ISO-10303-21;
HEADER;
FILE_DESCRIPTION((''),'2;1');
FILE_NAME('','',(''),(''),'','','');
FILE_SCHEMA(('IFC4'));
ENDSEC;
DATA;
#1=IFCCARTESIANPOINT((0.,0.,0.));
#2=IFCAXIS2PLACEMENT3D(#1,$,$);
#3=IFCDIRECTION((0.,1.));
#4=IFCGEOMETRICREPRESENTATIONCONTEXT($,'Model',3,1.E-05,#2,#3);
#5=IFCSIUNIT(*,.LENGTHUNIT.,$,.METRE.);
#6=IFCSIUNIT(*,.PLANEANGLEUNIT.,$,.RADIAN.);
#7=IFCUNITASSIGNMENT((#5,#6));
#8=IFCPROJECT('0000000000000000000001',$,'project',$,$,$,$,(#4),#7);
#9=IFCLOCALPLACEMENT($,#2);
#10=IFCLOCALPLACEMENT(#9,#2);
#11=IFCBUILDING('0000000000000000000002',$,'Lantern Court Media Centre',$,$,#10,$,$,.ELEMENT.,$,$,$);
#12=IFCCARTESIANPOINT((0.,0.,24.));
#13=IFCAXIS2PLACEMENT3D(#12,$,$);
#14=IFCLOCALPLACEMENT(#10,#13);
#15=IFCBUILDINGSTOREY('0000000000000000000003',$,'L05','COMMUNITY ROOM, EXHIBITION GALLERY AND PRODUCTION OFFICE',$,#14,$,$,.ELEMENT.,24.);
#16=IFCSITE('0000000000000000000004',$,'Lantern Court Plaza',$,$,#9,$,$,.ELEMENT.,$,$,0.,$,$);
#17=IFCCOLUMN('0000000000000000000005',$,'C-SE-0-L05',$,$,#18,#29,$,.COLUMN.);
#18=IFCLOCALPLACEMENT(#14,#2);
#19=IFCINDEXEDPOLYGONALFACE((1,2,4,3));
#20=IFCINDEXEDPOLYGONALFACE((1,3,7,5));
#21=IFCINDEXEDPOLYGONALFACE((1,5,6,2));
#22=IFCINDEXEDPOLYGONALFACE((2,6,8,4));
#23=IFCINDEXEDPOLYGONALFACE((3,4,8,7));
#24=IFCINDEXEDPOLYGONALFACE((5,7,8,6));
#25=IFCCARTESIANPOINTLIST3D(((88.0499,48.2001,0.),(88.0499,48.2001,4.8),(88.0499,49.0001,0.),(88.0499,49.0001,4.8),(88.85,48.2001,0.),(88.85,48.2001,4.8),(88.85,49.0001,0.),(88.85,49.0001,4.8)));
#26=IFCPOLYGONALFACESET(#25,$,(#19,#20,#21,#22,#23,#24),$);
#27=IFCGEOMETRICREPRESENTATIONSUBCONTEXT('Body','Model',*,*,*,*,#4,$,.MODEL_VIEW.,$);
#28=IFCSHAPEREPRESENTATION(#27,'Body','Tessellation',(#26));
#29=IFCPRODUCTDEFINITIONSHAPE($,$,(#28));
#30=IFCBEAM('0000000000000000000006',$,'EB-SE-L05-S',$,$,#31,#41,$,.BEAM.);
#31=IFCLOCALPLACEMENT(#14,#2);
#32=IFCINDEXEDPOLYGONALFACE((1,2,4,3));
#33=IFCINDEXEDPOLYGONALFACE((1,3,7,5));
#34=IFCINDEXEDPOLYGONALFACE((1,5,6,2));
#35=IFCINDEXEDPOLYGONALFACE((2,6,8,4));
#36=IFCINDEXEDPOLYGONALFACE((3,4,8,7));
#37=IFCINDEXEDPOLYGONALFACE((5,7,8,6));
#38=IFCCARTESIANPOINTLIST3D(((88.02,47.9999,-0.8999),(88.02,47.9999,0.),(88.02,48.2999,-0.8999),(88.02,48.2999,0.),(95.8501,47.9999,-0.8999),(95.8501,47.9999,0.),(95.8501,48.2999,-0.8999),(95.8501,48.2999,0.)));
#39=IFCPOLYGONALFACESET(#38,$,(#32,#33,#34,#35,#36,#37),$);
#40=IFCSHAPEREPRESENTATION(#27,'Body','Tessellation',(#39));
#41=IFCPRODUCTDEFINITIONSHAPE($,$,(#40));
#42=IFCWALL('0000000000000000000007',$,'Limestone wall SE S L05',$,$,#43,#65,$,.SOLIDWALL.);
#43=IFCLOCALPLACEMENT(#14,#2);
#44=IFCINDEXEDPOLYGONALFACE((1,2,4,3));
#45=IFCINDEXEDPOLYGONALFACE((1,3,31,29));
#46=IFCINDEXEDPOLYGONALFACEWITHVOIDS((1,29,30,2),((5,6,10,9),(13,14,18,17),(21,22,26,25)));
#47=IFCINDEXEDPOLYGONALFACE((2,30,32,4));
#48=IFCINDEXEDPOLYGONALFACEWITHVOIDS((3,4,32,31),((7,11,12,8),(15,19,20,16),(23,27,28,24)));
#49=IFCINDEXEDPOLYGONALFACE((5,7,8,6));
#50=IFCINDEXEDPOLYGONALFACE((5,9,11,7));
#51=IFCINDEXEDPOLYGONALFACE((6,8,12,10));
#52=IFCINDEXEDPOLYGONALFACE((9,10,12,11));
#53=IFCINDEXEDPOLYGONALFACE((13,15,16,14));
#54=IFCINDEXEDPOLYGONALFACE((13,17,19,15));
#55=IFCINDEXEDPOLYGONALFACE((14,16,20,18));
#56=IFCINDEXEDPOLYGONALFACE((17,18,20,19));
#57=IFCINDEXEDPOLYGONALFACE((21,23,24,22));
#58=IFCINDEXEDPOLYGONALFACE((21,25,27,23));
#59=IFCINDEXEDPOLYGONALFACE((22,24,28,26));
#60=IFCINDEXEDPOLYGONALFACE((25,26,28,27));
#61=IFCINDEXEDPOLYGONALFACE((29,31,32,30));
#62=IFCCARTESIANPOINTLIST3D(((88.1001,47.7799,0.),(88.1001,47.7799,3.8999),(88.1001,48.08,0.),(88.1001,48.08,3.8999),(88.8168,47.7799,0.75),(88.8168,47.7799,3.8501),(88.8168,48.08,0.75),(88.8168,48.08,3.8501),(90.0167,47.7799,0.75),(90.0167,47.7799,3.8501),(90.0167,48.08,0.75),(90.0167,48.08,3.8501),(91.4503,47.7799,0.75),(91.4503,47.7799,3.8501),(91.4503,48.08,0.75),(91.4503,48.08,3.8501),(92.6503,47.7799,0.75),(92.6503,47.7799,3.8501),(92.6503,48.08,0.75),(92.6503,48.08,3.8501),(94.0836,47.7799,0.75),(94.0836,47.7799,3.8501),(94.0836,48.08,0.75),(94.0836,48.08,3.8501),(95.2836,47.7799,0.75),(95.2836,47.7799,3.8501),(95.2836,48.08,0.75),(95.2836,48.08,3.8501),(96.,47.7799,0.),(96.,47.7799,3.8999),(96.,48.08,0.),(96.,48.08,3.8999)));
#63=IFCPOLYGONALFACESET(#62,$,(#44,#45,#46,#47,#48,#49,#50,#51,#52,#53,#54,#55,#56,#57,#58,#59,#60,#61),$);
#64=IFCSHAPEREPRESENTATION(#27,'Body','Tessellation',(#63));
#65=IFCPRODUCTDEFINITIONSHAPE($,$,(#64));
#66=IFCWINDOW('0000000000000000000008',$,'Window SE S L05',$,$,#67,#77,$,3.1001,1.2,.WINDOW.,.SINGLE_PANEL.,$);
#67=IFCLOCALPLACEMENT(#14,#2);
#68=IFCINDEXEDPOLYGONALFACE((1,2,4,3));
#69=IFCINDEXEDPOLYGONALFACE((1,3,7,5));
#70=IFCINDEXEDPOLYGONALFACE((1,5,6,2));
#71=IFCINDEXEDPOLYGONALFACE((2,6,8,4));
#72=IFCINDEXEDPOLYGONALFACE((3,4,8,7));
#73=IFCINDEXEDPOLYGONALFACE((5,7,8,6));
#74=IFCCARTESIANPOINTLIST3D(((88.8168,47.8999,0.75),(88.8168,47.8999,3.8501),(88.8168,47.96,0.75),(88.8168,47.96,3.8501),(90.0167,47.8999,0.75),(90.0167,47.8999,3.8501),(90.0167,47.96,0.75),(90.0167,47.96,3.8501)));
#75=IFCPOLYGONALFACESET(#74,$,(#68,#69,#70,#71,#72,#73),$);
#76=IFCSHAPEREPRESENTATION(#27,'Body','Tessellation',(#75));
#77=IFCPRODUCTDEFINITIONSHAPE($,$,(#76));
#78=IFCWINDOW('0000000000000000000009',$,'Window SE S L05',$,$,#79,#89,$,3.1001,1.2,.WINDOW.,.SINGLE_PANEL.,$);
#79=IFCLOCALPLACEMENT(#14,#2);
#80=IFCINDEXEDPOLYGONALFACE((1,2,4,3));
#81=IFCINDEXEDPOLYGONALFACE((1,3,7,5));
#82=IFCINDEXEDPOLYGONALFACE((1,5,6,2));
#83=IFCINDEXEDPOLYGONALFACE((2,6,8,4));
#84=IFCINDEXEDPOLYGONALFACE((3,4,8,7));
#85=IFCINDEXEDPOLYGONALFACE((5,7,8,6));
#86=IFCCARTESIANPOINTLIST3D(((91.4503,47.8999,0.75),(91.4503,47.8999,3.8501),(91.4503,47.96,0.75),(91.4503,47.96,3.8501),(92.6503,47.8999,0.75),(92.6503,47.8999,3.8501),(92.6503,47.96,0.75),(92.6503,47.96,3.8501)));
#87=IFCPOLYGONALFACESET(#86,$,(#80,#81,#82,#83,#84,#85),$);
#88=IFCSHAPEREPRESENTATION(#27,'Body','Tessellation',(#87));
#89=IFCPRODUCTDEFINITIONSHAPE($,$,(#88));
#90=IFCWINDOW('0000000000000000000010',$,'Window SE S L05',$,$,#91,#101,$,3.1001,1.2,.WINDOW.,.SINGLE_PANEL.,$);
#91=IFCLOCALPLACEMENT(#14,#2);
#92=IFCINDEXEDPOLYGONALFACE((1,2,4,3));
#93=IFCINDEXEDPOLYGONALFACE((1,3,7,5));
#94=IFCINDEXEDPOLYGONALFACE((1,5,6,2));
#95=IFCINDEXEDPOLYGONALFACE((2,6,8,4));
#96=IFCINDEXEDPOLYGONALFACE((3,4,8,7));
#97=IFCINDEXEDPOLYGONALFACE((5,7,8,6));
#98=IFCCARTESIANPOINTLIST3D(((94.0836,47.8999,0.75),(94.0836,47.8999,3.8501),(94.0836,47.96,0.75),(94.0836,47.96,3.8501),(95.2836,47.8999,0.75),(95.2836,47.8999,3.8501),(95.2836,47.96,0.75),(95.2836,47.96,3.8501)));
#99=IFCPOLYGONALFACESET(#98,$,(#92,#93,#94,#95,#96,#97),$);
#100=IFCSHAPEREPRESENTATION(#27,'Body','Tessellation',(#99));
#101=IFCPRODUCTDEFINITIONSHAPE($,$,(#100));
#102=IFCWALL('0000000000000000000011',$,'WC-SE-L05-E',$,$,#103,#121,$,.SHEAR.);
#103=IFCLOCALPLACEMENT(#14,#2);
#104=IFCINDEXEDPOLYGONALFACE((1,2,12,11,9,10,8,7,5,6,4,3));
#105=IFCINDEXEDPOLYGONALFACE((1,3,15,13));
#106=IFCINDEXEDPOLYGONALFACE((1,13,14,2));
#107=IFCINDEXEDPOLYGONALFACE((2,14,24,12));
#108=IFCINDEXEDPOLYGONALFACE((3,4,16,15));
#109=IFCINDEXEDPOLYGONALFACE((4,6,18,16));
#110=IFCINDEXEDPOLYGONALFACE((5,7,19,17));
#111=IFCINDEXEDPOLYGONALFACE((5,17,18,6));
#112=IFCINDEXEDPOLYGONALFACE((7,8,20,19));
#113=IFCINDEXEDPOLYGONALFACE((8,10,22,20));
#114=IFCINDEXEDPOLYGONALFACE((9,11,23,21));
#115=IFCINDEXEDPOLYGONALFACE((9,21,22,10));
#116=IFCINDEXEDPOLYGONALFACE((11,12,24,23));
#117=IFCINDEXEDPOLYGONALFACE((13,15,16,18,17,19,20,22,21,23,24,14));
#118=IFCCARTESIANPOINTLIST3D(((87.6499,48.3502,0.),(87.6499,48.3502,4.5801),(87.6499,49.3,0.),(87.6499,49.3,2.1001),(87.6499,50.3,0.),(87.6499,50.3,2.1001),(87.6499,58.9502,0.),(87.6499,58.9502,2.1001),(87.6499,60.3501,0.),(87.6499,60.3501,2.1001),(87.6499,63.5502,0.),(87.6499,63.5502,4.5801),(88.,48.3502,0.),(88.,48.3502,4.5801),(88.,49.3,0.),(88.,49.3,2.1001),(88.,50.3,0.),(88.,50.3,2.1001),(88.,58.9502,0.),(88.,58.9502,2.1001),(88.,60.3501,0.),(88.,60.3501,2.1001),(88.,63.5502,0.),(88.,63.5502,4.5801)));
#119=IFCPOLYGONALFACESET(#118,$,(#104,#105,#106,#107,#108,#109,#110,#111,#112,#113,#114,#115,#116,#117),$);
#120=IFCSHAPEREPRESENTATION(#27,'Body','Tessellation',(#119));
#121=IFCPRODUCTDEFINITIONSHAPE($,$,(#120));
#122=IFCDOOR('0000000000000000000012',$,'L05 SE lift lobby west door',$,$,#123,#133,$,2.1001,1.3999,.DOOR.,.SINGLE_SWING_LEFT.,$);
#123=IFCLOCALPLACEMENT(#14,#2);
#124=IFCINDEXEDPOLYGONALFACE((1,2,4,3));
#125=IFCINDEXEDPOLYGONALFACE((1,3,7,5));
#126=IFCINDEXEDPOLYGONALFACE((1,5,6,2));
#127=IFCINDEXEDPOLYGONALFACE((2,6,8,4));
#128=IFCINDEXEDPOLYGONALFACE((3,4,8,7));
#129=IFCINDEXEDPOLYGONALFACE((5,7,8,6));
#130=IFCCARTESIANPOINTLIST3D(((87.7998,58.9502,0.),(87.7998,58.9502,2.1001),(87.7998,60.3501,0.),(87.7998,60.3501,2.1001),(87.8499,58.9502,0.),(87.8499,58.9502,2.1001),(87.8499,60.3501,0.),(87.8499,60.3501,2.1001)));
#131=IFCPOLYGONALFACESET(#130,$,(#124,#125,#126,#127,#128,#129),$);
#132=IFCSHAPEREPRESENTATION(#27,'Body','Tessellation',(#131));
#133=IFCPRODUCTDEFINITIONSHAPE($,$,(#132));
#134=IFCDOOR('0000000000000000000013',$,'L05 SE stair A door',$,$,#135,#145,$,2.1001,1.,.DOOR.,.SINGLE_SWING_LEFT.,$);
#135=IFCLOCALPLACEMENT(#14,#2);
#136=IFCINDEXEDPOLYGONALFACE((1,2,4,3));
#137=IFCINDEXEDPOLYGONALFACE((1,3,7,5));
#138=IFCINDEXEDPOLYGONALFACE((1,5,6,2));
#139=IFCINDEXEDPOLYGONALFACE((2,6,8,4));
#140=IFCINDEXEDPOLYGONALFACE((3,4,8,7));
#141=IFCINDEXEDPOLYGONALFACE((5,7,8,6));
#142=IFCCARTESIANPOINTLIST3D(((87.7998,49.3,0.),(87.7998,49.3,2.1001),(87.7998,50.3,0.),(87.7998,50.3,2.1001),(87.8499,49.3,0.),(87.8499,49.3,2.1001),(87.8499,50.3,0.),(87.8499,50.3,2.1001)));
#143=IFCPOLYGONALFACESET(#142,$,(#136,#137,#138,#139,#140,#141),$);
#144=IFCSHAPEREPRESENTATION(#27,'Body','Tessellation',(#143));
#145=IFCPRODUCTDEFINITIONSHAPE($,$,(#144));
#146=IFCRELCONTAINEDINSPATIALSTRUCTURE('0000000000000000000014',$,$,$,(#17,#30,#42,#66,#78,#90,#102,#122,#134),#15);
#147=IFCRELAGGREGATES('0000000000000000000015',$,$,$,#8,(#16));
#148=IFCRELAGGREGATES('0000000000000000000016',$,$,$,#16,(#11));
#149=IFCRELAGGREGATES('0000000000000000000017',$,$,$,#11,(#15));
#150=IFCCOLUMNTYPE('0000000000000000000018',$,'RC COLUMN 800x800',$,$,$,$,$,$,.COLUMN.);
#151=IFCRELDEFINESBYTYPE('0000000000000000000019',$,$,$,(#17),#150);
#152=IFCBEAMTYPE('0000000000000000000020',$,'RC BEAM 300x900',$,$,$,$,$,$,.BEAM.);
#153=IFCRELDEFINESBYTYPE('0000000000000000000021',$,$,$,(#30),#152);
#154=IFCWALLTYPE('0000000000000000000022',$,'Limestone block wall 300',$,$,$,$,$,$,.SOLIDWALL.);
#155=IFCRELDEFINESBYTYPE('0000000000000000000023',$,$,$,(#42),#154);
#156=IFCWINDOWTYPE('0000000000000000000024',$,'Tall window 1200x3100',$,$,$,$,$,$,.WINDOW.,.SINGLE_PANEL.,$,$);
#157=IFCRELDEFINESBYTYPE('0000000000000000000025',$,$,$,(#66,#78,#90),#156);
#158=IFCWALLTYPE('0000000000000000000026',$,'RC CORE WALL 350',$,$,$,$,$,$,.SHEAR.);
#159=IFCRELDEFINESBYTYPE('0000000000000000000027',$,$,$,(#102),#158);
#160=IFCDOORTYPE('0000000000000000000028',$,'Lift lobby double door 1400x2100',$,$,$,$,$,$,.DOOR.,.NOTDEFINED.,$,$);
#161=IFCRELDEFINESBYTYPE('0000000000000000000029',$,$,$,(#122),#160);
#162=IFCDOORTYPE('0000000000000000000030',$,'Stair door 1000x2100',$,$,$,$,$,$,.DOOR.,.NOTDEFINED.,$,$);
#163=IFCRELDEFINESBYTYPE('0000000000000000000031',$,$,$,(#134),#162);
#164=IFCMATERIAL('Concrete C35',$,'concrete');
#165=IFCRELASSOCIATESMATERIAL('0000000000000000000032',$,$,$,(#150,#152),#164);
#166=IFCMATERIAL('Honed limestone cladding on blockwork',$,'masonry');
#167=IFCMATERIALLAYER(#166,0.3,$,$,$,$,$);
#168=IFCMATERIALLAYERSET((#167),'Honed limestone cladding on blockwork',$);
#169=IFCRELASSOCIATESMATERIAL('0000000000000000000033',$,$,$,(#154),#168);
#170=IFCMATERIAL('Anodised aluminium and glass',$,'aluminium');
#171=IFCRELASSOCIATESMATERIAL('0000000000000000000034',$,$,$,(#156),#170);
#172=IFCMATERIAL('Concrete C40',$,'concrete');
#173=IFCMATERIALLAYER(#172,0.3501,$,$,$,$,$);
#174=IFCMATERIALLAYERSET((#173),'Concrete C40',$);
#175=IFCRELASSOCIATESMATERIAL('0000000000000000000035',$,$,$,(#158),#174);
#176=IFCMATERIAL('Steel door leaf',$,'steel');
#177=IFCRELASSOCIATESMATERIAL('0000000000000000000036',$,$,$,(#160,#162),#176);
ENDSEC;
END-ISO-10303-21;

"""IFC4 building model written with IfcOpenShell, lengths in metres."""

from ifc_helpers import new_model, si_unit, direction, frame, frame_2d, origin, origin_2d, place, context, subcontext, project, spatial, rectangle, extrude, material, layer, layer_set, material_profile, profile_set, type_object, element, fill, save


model = new_model("IFC4")

# Units and contexts
model_context = context("Model", 3, precision=1e-05, world=origin(), true_north=direction((0.0, 1.0)))
body_context = subcontext(model_context, "Body", "Model", "MODEL_VIEW")
ifc_project = project(units=[si_unit("LENGTHUNIT", "METRE"), si_unit("PLANEANGLEUNIT", "RADIAN")], contexts=[model_context])

# Site, building, storey
site_placement = place(None, origin())
site = spatial("IfcSite", under=ifc_project, at=site_placement, Name="Lantern Court Plaza", CompositionType="ELEMENT", RefElevation=0.0)
building_placement = place(site_placement, origin())
building = spatial("IfcBuilding", under=site, at=building_placement, Name="Lantern Court Media Centre", CompositionType="ELEMENT")
storey_placement = place(building_placement, frame((0.0, 0.0, 24.0)))
storey = spatial("IfcBuildingStorey", under=building, at=storey_placement, Name="L05", Description="COMMUNITY ROOM, EXHIBITION GALLERY AND PRODUCTION OFFICE", CompositionType="ELEMENT", Elevation=24.0)

# Column
ifc_material_1 = material(Name="Concrete C35", Category="concrete")
ifc_material_profile_1 = material_profile(ifc_material_1, rectangle(XDim=0.8, YDim=0.8, at=origin_2d()), Name="RC 800x800")
ifc_profile_set_1 = profile_set([ifc_material_profile_1], Name="Concrete C35")
column_type = type_object("IfcColumnType", Name="RC COLUMN 800x800", PredefinedType="COLUMN", material=ifc_profile_set_1)
column_placement = place(storey_placement, frame((88.45, 48.6001, 0.0), z_axis=(0.0, 0.0, 1.0), x_axis=(1.0, 0.0, 0.0)))
element("IfcColumn", 1, at=column_placement, inside=storey, type_object=column_type, Name="C-SE-0-L05", PredefinedType="COLUMN", context=body_context, shape_type="SweptSolid", body=[
    extrude(rectangle(XDim=0.8, YDim=0.8, at=origin_2d()), origin(), (0.0, 0.0, 1.0), 4.8),
])

# Beam
ifc_material_profile_2 = material_profile(ifc_material_1, rectangle(XDim=0.3, YDim=0.8999, at=origin_2d()), Name="RC 300x900")
ifc_profile_set_2 = profile_set([ifc_material_profile_2], Name="Concrete C35")
beam_type = type_object("IfcBeamType", Name="RC BEAM 300x900", PredefinedType="BEAM", material=ifc_profile_set_2)
beam_placement = place(storey_placement, frame((88.02, 48.1499, -0.45), z_axis=(1.0, 0.0, 0.0), x_axis=(0.0, 1.0, 0.0)))
element("IfcBeam", 2, at=beam_placement, inside=storey, type_object=beam_type, Name="EB-SE-L05-S", PredefinedType="BEAM", context=body_context, shape_type="SweptSolid", body=[
    extrude(rectangle(XDim=0.3, YDim=0.8999, at=origin_2d()), origin(), (0.0, 0.0, 1.0), 7.8301),
])

# Wall, openings, windows
ifc_material_2 = material(Name="Honed limestone cladding on blockwork", Category="masonry")
ifc_layer_1 = layer(ifc_material_2, 0.3)
ifc_layer_set_1 = layer_set([ifc_layer_1], Name="Honed limestone cladding on blockwork")
wall_type_1 = type_object("IfcWallType", Name="Limestone block wall 300", PredefinedType="SOLIDWALL", material=ifc_layer_set_1)
wall_1_placement = place(storey_placement, frame((88.1001, 47.9299, 0.0), z_axis=(0.0, 0.0, 1.0), x_axis=(1.0, 0.0, 0.0)))
wall_1 = element("IfcWall", 3, at=wall_1_placement, inside=storey, type_object=wall_type_1, Name="Limestone wall SE S L05", PredefinedType="SOLIDWALL", context=body_context, shape_type="SweptSolid", body=[
    extrude(rectangle(XDim=7.8999, YDim=0.3, at=frame_2d((3.95, 0.0))), origin(), (0.0, 0.0, 1.0), 3.8999),
])
opening_1_placement = place(wall_1_placement, frame((0.7166, 0.0, 0.75)))
opening_1 = element("IfcOpeningElement", 4, at=opening_1_placement, cuts=wall_1, PredefinedType="OPENING", context=body_context, shape_type="SweptSolid", body=[
    extrude(rectangle(XDim=1.2, YDim=3.1001, at=frame_2d((0.6001, 1.55))), frame((0.0, 0.1599, 0.0), z_axis=(0.0, -1.0, 0.0), x_axis=(1.0, 0.0, 0.0)), (0.0, 0.0, 1.0), 0.3201),
])
opening_2_placement = place(wall_1_placement, frame((3.3501, 0.0, 0.75)))
opening_2 = element("IfcOpeningElement", 5, at=opening_2_placement, cuts=wall_1, PredefinedType="OPENING", context=body_context, shape_type="SweptSolid", body=[
    extrude(rectangle(XDim=1.2, YDim=3.1001, at=frame_2d((0.6001, 1.55))), frame((0.0, 0.1599, 0.0), z_axis=(0.0, -1.0, 0.0), x_axis=(1.0, 0.0, 0.0)), (0.0, 0.0, 1.0), 0.3201),
])
opening_3_placement = place(wall_1_placement, frame((5.9834, 0.0, 0.75)))
opening_3 = element("IfcOpeningElement", 6, at=opening_3_placement, cuts=wall_1, PredefinedType="OPENING", context=body_context, shape_type="SweptSolid", body=[
    extrude(rectangle(XDim=1.2, YDim=3.1001, at=frame_2d((0.6001, 1.55))), frame((0.0, 0.1599, 0.0), z_axis=(0.0, -1.0, 0.0), x_axis=(1.0, 0.0, 0.0)), (0.0, 0.0, 1.0), 0.3201),
])
ifc_material_3 = material(Name="Anodised aluminium and glass", Category="aluminium")
window_type = type_object("IfcWindowType", Name="Tall window 1200x3100", PartitioningType="SINGLE_PANEL", PredefinedType="WINDOW", material=ifc_material_3)
window_1_placement = place(opening_1_placement, origin())
window_1 = element("IfcWindow", 7, at=window_1_placement, inside=storey, type_object=window_type, Name="Window SE S L05", OverallHeight=3.1001, OverallWidth=1.2, PartitioningType="SINGLE_PANEL", PredefinedType="WINDOW", context=body_context, shape_type="SweptSolid", body=[
    extrude(rectangle(XDim=1.2, YDim=3.1001, at=frame_2d((0.6001, 1.55))), frame((0.0, 0.03, 0.0), z_axis=(0.0, -1.0, 0.0), x_axis=(1.0, 0.0, 0.0)), (0.0, 0.0, 1.0), 0.0601),
])
fill(opening_1, window_1)
window_2_placement = place(opening_2_placement, origin())
window_2 = element("IfcWindow", 8, at=window_2_placement, inside=storey, type_object=window_type, Name="Window SE S L05", OverallHeight=3.1001, OverallWidth=1.2, PartitioningType="SINGLE_PANEL", PredefinedType="WINDOW", context=body_context, shape_type="SweptSolid", body=[
    extrude(rectangle(XDim=1.2, YDim=3.1001, at=frame_2d((0.6001, 1.55))), frame((0.0, 0.03, 0.0), z_axis=(0.0, -1.0, 0.0), x_axis=(1.0, 0.0, 0.0)), (0.0, 0.0, 1.0), 0.0601),
])
fill(opening_2, window_2)
window_3_placement = place(opening_3_placement, origin())
window_3 = element("IfcWindow", 9, at=window_3_placement, inside=storey, type_object=window_type, Name="Window SE S L05", OverallHeight=3.1001, OverallWidth=1.2, PartitioningType="SINGLE_PANEL", PredefinedType="WINDOW", context=body_context, shape_type="SweptSolid", body=[
    extrude(rectangle(XDim=1.2, YDim=3.1001, at=frame_2d((0.6001, 1.55))), frame((0.0, 0.03, 0.0), z_axis=(0.0, -1.0, 0.0), x_axis=(1.0, 0.0, 0.0)), (0.0, 0.0, 1.0), 0.0601),
])
fill(opening_3, window_3)

# Wall, openings, doors
ifc_material_4 = material(Name="Concrete C40", Category="concrete")
ifc_layer_2 = layer(ifc_material_4, 0.3501)
ifc_layer_set_2 = layer_set([ifc_layer_2], Name="Concrete C40")
wall_type_2 = type_object("IfcWallType", Name="RC CORE WALL 350", PredefinedType="SHEAR", material=ifc_layer_set_2)
wall_2_placement = place(storey_placement, frame((87.825, 48.3501, 0.0), z_axis=(0.0, 0.0, 1.0), x_axis=(0.0, 1.0, 0.0)))
wall_2 = element("IfcWall", 10, at=wall_2_placement, inside=storey, type_object=wall_type_2, Name="WC-SE-L05-E", PredefinedType="SHEAR", context=body_context, shape_type="SweptSolid", body=[
    extrude(rectangle(XDim=15.2, YDim=0.3501, at=frame_2d((7.6001, 0.0))), origin(), (0.0, 0.0, 1.0), 4.5801),
])
opening_4_placement = place(wall_2_placement, frame((0.95, 0.0, 0.0)))
opening_4 = element("IfcOpeningElement", 11, at=opening_4_placement, cuts=wall_2, PredefinedType="OPENING", context=body_context, shape_type="SweptSolid", body=[
    extrude(rectangle(XDim=1.0, YDim=2.1001, at=frame_2d((0.5, 1.05))), frame((0.0, 0.1851, 0.0), z_axis=(0.0, -1.0, 0.0), x_axis=(1.0, 0.0, 0.0)), (0.0, 0.0, 1.0), 0.3701),
])
opening_5_placement = place(wall_2_placement, frame((10.6001, 0.0, 0.0)))
opening_5 = element("IfcOpeningElement", 12, at=opening_5_placement, cuts=wall_2, PredefinedType="OPENING", context=body_context, shape_type="SweptSolid", body=[
    extrude(rectangle(XDim=1.3999, YDim=2.1001, at=frame_2d((0.7, 1.05))), frame((0.0, 0.1851, 0.0), z_axis=(0.0, -1.0, 0.0), x_axis=(1.0, 0.0, 0.0)), (0.0, 0.0, 1.0), 0.3701),
])
ifc_material_5 = material(Name="Steel door leaf", Category="steel")
door_type_1 = type_object("IfcDoorType", Name="Lift lobby double door 1400x2100", OperationType="NOTDEFINED", PredefinedType="DOOR", material=ifc_material_5)
door_1_placement = place(opening_5_placement, frame((1.3999, 0.0, 0.0), z_axis=(0.0, 0.0, 1.0), x_axis=(-1.0, 0.0, 0.0)))
door_1 = element("IfcDoor", 13, at=door_1_placement, inside=storey, type_object=door_type_1, Name="L05 SE lift lobby west door", OperationType="SINGLE_SWING_LEFT", OverallHeight=2.1001, OverallWidth=1.3999, PredefinedType="DOOR", context=body_context, shape_type="SweptSolid", body=[
    extrude(rectangle(XDim=1.3999, YDim=2.1001, at=frame_2d((0.7, 1.05))), frame((0.0, 0.0249, 0.0), z_axis=(0.0, -1.0, 0.0), x_axis=(1.0, 0.0, 0.0)), (0.0, 0.0, 1.0), 0.05),
])
fill(opening_5, door_1)
door_type_2 = type_object("IfcDoorType", Name="Stair door 1000x2100", OperationType="NOTDEFINED", PredefinedType="DOOR", material=ifc_material_5)
door_2_placement = place(opening_4_placement, frame((1.0, 0.0, 0.0), z_axis=(0.0, 0.0, 1.0), x_axis=(-1.0, 0.0, 0.0)))
door_2 = element("IfcDoor", 14, at=door_2_placement, inside=storey, type_object=door_type_2, Name="L05 SE stair A door", OperationType="SINGLE_SWING_LEFT", OverallHeight=2.1001, OverallWidth=1.0, PredefinedType="DOOR", context=body_context, shape_type="SweptSolid", body=[
    extrude(rectangle(XDim=1.0, YDim=2.1001, at=frame_2d((0.5, 1.05))), frame((0.0, 0.0249, 0.0), z_axis=(0.0, -1.0, 0.0), x_axis=(1.0, 0.0, 0.0)), (0.0, 0.0, 1.0), 0.05),
])
fill(opening_4, door_2)

save(model, "model.ifc")
